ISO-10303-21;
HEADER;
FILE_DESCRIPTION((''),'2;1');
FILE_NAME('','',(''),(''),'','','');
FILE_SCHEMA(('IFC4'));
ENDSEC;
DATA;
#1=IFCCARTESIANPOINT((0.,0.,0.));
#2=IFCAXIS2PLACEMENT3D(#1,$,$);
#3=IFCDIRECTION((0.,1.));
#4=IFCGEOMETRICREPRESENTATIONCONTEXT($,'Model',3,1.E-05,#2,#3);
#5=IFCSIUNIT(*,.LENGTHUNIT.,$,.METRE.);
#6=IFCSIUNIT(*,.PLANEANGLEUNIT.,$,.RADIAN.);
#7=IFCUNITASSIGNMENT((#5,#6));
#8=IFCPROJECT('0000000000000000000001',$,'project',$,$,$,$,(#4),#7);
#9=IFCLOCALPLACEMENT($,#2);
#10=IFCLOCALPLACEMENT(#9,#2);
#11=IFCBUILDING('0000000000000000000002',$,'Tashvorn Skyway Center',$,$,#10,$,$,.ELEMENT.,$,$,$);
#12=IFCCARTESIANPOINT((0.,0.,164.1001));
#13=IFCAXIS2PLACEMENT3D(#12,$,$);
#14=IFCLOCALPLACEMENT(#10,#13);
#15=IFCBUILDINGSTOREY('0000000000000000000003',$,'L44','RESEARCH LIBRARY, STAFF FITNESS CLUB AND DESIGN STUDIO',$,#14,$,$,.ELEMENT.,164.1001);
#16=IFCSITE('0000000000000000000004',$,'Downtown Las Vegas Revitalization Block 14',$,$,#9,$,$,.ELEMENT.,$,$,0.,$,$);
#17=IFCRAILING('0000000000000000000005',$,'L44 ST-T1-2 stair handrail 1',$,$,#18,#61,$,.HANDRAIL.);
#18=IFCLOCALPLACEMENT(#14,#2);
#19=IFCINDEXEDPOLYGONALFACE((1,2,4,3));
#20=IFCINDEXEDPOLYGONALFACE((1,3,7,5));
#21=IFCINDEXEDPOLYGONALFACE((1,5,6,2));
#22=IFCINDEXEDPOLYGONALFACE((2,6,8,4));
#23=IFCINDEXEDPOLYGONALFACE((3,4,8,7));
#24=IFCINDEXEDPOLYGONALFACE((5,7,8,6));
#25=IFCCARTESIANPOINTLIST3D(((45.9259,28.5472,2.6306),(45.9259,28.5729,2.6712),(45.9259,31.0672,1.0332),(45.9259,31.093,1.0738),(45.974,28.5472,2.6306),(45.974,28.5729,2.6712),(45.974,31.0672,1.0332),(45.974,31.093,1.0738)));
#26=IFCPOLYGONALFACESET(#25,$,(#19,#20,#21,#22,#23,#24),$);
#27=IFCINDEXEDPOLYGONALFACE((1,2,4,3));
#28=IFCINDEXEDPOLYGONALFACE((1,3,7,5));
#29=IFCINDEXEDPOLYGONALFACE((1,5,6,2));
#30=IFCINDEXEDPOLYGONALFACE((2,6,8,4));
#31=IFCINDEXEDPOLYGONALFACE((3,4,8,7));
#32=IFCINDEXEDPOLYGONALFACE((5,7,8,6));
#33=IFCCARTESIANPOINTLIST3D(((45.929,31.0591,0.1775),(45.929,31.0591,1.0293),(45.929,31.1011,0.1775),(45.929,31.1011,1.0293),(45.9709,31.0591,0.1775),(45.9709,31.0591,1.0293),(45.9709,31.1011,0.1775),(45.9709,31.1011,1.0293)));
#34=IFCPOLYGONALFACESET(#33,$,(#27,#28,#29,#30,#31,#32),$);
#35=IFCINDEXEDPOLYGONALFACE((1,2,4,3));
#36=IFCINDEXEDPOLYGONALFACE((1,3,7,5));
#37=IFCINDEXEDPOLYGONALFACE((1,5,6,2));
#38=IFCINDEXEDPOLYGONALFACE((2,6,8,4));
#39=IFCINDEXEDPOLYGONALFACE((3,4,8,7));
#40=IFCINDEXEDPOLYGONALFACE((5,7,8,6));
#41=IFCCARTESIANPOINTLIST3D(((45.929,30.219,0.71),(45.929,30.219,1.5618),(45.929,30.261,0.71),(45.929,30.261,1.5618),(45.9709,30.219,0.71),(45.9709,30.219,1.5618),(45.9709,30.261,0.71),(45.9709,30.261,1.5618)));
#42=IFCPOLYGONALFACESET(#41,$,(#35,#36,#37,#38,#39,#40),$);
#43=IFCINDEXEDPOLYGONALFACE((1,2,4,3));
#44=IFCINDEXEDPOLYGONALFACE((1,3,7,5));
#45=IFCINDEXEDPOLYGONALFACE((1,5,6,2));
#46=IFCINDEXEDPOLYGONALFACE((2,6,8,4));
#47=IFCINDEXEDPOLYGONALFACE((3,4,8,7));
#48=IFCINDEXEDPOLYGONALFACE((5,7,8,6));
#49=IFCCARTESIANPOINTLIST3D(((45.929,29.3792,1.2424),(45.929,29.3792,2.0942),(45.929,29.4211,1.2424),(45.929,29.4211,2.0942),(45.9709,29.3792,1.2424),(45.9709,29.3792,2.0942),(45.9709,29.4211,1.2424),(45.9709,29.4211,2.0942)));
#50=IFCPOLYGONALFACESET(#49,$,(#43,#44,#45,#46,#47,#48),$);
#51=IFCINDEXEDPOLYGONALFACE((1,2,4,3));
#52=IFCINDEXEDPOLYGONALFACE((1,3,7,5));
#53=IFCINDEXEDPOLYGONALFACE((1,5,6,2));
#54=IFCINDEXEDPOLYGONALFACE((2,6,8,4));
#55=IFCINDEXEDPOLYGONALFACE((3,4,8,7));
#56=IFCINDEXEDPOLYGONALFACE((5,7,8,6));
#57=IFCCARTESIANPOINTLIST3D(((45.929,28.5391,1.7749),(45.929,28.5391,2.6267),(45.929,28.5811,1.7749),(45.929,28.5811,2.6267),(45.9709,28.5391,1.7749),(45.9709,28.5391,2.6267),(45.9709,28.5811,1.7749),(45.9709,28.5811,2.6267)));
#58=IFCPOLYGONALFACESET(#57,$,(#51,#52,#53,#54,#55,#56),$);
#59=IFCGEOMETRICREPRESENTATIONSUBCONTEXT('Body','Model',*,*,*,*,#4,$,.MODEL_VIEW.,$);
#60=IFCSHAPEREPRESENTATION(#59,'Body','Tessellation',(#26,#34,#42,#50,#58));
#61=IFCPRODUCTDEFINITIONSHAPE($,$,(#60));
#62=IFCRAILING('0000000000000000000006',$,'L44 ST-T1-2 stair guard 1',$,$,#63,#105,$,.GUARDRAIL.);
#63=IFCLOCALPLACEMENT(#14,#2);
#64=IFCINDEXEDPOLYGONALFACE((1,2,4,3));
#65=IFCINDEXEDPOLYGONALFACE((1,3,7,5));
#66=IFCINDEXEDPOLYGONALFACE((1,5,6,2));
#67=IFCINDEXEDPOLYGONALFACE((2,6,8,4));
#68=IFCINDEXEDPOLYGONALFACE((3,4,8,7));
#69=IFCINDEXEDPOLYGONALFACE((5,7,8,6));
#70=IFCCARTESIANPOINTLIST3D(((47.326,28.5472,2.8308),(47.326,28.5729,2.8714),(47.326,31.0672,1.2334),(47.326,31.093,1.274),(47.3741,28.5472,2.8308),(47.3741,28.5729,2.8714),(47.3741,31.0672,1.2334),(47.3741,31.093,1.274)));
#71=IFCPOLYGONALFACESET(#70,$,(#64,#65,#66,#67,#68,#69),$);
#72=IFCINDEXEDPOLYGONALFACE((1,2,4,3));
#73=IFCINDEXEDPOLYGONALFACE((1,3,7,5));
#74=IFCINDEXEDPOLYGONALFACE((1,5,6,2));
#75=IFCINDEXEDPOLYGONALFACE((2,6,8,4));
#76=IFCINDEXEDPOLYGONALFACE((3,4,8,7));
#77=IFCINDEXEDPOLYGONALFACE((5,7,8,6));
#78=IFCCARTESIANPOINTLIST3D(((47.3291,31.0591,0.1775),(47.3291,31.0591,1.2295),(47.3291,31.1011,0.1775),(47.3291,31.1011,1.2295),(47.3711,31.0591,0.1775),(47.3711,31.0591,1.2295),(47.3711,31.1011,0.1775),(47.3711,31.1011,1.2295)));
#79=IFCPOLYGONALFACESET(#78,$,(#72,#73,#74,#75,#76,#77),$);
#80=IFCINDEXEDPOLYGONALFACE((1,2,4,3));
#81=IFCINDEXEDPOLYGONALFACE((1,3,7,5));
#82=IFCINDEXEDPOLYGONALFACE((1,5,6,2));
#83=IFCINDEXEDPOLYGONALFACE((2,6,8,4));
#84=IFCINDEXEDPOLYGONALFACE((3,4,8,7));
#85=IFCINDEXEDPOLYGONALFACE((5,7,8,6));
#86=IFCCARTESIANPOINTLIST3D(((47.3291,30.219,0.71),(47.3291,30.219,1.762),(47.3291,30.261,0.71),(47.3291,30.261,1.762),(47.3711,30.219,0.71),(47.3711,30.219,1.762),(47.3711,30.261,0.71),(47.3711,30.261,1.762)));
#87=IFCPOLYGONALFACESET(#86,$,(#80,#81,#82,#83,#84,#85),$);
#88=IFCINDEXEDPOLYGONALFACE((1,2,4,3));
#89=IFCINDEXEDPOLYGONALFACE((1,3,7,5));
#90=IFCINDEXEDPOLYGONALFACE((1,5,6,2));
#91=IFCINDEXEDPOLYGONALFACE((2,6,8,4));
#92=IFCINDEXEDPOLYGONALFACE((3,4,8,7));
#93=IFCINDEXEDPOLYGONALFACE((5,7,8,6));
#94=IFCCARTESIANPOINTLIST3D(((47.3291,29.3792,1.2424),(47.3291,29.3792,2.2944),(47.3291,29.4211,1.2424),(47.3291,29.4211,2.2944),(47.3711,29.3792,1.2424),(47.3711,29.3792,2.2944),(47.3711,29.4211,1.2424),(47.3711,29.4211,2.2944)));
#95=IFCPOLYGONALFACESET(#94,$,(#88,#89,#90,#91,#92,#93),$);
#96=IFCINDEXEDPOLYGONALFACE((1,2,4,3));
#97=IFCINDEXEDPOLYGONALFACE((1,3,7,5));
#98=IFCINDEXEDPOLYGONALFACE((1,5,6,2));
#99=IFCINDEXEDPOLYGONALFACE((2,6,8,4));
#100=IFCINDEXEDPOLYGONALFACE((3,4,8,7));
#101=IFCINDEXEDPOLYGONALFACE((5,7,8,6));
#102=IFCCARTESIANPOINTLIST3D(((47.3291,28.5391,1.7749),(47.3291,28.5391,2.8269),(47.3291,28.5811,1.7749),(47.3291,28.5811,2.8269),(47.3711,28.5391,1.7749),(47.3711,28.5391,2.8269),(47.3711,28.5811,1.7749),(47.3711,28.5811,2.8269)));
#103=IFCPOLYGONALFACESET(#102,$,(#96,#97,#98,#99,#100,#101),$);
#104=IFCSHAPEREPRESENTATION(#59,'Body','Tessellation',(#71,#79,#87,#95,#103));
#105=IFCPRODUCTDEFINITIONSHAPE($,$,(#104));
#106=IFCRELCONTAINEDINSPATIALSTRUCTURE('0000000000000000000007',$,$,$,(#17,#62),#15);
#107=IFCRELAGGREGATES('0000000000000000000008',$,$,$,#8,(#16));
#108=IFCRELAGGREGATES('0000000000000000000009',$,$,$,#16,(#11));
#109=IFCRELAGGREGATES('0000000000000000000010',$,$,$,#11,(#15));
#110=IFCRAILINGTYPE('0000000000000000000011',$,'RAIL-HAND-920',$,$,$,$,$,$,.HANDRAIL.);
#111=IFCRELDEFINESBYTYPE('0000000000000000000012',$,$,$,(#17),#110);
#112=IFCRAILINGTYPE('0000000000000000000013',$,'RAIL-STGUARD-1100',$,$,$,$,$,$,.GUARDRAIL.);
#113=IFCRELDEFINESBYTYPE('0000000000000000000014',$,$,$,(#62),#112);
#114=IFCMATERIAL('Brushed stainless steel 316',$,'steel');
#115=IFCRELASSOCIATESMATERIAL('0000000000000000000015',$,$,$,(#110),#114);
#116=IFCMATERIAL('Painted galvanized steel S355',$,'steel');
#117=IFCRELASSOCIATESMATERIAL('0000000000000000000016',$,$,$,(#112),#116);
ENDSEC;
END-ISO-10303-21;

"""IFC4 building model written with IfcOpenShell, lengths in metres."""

from ifc_helpers import new_model, si_unit, direction, frame, origin, origin_2d, place, context, subcontext, project, spatial, rectangle, extrude, material, type_object, element, save


model = new_model("IFC4")

# Units and contexts
model_context = context("Model", 3, precision=1e-05, world=origin(), true_north=direction((0.0, 1.0)))
body_context = subcontext(model_context, "Body", "Model", "MODEL_VIEW")
ifc_project = project(units=[si_unit("LENGTHUNIT", "METRE"), si_unit("PLANEANGLEUNIT", "RADIAN")], contexts=[model_context])

# Site, building, storey
site_placement = place(None, origin())
site = spatial("IfcSite", under=ifc_project, at=site_placement, Name="Downtown Las Vegas Revitalization Block 14", CompositionType="ELEMENT", RefElevation=0.0)
building_placement = place(site_placement, origin())
building = spatial("IfcBuilding", under=site, at=building_placement, Name="Tashvorn Skyway Center", CompositionType="ELEMENT")
storey_placement = place(building_placement, frame((0.0, 0.0, 164.1001)))
storey = spatial("IfcBuildingStorey", under=building, at=storey_placement, Name="L44", Description="RESEARCH LIBRARY, STAFF FITNESS CLUB AND DESIGN STUDIO", CompositionType="ELEMENT", Elevation=164.1001)

# Railings
ifc_material_1 = material(Name="Brushed stainless steel 316", Category="steel")
railing_type_1 = type_object("IfcRailingType", Name="RAIL-HAND-920", PredefinedType="HANDRAIL", material=ifc_material_1)
railing_1_placement = place(storey_placement, frame((45.95, 31.0801, 0.1775)))
element("IfcRailing", 1, at=railing_1_placement, inside=storey, type_object=railing_type_1, Name="L44 ST-T1-2 stair handrail 1", PredefinedType="HANDRAIL", context=body_context, shape_type="SweptSolid", body=[
    extrude(rectangle(XDim=0.0481, YDim=0.0481, at=origin_2d()), frame((0.0, 0.0, 0.876), z_axis=(0.0, -0.844607, 0.535387), x_axis=(1.0, 0.0, 0.0)), (0.0, 0.0, 1.0), 2.9836),
    extrude(rectangle(XDim=0.042, YDim=0.042, at=origin_2d()), origin(), (0.0, 0.0, 1.0), 0.8518),
    extrude(rectangle(XDim=0.042, YDim=0.042, at=origin_2d()), frame((0.0, -0.8401, 0.5325)), (0.0, 0.0, 1.0), 0.8518),
    extrude(rectangle(XDim=0.042, YDim=0.042, at=origin_2d()), frame((0.0, -1.6799, 1.0649)), (0.0, 0.0, 1.0), 0.8518),
    extrude(rectangle(XDim=0.042, YDim=0.042, at=origin_2d()), frame((0.0, -2.52, 1.5974)), (0.0, 0.0, 1.0), 0.8518),
])
ifc_material_2 = material(Name="Painted galvanized steel S355", Category="steel")
railing_type_2 = type_object("IfcRailingType", Name="RAIL-STGUARD-1100", PredefinedType="GUARDRAIL", material=ifc_material_2)
railing_2_placement = place(storey_placement, frame((47.3501, 31.0801, 0.1775)))
element("IfcRailing", 2, at=railing_2_placement, inside=storey, type_object=railing_type_2, Name="L44 ST-T1-2 stair guard 1", PredefinedType="GUARDRAIL", context=body_context, shape_type="SweptSolid", body=[
    extrude(rectangle(XDim=0.0481, YDim=0.0481, at=origin_2d()), frame((0.0, 0.0, 1.0762), z_axis=(0.0, -0.844607, 0.535387), x_axis=(1.0, 0.0, 0.0)), (0.0, 0.0, 1.0), 2.9836),
    extrude(rectangle(XDim=0.042, YDim=0.042, at=origin_2d()), origin(), (0.0, 0.0, 1.0), 1.052),
    extrude(rectangle(XDim=0.042, YDim=0.042, at=origin_2d()), frame((0.0, -0.8401, 0.5325)), (0.0, 0.0, 1.0), 1.052),
    extrude(rectangle(XDim=0.042, YDim=0.042, at=origin_2d()), frame((0.0, -1.6799, 1.0649)), (0.0, 0.0, 1.0), 1.052),
    extrude(rectangle(XDim=0.042, YDim=0.042, at=origin_2d()), frame((0.0, -2.52, 1.5974)), (0.0, 0.0, 1.0), 1.052),
])

save(model, "model.ifc")
